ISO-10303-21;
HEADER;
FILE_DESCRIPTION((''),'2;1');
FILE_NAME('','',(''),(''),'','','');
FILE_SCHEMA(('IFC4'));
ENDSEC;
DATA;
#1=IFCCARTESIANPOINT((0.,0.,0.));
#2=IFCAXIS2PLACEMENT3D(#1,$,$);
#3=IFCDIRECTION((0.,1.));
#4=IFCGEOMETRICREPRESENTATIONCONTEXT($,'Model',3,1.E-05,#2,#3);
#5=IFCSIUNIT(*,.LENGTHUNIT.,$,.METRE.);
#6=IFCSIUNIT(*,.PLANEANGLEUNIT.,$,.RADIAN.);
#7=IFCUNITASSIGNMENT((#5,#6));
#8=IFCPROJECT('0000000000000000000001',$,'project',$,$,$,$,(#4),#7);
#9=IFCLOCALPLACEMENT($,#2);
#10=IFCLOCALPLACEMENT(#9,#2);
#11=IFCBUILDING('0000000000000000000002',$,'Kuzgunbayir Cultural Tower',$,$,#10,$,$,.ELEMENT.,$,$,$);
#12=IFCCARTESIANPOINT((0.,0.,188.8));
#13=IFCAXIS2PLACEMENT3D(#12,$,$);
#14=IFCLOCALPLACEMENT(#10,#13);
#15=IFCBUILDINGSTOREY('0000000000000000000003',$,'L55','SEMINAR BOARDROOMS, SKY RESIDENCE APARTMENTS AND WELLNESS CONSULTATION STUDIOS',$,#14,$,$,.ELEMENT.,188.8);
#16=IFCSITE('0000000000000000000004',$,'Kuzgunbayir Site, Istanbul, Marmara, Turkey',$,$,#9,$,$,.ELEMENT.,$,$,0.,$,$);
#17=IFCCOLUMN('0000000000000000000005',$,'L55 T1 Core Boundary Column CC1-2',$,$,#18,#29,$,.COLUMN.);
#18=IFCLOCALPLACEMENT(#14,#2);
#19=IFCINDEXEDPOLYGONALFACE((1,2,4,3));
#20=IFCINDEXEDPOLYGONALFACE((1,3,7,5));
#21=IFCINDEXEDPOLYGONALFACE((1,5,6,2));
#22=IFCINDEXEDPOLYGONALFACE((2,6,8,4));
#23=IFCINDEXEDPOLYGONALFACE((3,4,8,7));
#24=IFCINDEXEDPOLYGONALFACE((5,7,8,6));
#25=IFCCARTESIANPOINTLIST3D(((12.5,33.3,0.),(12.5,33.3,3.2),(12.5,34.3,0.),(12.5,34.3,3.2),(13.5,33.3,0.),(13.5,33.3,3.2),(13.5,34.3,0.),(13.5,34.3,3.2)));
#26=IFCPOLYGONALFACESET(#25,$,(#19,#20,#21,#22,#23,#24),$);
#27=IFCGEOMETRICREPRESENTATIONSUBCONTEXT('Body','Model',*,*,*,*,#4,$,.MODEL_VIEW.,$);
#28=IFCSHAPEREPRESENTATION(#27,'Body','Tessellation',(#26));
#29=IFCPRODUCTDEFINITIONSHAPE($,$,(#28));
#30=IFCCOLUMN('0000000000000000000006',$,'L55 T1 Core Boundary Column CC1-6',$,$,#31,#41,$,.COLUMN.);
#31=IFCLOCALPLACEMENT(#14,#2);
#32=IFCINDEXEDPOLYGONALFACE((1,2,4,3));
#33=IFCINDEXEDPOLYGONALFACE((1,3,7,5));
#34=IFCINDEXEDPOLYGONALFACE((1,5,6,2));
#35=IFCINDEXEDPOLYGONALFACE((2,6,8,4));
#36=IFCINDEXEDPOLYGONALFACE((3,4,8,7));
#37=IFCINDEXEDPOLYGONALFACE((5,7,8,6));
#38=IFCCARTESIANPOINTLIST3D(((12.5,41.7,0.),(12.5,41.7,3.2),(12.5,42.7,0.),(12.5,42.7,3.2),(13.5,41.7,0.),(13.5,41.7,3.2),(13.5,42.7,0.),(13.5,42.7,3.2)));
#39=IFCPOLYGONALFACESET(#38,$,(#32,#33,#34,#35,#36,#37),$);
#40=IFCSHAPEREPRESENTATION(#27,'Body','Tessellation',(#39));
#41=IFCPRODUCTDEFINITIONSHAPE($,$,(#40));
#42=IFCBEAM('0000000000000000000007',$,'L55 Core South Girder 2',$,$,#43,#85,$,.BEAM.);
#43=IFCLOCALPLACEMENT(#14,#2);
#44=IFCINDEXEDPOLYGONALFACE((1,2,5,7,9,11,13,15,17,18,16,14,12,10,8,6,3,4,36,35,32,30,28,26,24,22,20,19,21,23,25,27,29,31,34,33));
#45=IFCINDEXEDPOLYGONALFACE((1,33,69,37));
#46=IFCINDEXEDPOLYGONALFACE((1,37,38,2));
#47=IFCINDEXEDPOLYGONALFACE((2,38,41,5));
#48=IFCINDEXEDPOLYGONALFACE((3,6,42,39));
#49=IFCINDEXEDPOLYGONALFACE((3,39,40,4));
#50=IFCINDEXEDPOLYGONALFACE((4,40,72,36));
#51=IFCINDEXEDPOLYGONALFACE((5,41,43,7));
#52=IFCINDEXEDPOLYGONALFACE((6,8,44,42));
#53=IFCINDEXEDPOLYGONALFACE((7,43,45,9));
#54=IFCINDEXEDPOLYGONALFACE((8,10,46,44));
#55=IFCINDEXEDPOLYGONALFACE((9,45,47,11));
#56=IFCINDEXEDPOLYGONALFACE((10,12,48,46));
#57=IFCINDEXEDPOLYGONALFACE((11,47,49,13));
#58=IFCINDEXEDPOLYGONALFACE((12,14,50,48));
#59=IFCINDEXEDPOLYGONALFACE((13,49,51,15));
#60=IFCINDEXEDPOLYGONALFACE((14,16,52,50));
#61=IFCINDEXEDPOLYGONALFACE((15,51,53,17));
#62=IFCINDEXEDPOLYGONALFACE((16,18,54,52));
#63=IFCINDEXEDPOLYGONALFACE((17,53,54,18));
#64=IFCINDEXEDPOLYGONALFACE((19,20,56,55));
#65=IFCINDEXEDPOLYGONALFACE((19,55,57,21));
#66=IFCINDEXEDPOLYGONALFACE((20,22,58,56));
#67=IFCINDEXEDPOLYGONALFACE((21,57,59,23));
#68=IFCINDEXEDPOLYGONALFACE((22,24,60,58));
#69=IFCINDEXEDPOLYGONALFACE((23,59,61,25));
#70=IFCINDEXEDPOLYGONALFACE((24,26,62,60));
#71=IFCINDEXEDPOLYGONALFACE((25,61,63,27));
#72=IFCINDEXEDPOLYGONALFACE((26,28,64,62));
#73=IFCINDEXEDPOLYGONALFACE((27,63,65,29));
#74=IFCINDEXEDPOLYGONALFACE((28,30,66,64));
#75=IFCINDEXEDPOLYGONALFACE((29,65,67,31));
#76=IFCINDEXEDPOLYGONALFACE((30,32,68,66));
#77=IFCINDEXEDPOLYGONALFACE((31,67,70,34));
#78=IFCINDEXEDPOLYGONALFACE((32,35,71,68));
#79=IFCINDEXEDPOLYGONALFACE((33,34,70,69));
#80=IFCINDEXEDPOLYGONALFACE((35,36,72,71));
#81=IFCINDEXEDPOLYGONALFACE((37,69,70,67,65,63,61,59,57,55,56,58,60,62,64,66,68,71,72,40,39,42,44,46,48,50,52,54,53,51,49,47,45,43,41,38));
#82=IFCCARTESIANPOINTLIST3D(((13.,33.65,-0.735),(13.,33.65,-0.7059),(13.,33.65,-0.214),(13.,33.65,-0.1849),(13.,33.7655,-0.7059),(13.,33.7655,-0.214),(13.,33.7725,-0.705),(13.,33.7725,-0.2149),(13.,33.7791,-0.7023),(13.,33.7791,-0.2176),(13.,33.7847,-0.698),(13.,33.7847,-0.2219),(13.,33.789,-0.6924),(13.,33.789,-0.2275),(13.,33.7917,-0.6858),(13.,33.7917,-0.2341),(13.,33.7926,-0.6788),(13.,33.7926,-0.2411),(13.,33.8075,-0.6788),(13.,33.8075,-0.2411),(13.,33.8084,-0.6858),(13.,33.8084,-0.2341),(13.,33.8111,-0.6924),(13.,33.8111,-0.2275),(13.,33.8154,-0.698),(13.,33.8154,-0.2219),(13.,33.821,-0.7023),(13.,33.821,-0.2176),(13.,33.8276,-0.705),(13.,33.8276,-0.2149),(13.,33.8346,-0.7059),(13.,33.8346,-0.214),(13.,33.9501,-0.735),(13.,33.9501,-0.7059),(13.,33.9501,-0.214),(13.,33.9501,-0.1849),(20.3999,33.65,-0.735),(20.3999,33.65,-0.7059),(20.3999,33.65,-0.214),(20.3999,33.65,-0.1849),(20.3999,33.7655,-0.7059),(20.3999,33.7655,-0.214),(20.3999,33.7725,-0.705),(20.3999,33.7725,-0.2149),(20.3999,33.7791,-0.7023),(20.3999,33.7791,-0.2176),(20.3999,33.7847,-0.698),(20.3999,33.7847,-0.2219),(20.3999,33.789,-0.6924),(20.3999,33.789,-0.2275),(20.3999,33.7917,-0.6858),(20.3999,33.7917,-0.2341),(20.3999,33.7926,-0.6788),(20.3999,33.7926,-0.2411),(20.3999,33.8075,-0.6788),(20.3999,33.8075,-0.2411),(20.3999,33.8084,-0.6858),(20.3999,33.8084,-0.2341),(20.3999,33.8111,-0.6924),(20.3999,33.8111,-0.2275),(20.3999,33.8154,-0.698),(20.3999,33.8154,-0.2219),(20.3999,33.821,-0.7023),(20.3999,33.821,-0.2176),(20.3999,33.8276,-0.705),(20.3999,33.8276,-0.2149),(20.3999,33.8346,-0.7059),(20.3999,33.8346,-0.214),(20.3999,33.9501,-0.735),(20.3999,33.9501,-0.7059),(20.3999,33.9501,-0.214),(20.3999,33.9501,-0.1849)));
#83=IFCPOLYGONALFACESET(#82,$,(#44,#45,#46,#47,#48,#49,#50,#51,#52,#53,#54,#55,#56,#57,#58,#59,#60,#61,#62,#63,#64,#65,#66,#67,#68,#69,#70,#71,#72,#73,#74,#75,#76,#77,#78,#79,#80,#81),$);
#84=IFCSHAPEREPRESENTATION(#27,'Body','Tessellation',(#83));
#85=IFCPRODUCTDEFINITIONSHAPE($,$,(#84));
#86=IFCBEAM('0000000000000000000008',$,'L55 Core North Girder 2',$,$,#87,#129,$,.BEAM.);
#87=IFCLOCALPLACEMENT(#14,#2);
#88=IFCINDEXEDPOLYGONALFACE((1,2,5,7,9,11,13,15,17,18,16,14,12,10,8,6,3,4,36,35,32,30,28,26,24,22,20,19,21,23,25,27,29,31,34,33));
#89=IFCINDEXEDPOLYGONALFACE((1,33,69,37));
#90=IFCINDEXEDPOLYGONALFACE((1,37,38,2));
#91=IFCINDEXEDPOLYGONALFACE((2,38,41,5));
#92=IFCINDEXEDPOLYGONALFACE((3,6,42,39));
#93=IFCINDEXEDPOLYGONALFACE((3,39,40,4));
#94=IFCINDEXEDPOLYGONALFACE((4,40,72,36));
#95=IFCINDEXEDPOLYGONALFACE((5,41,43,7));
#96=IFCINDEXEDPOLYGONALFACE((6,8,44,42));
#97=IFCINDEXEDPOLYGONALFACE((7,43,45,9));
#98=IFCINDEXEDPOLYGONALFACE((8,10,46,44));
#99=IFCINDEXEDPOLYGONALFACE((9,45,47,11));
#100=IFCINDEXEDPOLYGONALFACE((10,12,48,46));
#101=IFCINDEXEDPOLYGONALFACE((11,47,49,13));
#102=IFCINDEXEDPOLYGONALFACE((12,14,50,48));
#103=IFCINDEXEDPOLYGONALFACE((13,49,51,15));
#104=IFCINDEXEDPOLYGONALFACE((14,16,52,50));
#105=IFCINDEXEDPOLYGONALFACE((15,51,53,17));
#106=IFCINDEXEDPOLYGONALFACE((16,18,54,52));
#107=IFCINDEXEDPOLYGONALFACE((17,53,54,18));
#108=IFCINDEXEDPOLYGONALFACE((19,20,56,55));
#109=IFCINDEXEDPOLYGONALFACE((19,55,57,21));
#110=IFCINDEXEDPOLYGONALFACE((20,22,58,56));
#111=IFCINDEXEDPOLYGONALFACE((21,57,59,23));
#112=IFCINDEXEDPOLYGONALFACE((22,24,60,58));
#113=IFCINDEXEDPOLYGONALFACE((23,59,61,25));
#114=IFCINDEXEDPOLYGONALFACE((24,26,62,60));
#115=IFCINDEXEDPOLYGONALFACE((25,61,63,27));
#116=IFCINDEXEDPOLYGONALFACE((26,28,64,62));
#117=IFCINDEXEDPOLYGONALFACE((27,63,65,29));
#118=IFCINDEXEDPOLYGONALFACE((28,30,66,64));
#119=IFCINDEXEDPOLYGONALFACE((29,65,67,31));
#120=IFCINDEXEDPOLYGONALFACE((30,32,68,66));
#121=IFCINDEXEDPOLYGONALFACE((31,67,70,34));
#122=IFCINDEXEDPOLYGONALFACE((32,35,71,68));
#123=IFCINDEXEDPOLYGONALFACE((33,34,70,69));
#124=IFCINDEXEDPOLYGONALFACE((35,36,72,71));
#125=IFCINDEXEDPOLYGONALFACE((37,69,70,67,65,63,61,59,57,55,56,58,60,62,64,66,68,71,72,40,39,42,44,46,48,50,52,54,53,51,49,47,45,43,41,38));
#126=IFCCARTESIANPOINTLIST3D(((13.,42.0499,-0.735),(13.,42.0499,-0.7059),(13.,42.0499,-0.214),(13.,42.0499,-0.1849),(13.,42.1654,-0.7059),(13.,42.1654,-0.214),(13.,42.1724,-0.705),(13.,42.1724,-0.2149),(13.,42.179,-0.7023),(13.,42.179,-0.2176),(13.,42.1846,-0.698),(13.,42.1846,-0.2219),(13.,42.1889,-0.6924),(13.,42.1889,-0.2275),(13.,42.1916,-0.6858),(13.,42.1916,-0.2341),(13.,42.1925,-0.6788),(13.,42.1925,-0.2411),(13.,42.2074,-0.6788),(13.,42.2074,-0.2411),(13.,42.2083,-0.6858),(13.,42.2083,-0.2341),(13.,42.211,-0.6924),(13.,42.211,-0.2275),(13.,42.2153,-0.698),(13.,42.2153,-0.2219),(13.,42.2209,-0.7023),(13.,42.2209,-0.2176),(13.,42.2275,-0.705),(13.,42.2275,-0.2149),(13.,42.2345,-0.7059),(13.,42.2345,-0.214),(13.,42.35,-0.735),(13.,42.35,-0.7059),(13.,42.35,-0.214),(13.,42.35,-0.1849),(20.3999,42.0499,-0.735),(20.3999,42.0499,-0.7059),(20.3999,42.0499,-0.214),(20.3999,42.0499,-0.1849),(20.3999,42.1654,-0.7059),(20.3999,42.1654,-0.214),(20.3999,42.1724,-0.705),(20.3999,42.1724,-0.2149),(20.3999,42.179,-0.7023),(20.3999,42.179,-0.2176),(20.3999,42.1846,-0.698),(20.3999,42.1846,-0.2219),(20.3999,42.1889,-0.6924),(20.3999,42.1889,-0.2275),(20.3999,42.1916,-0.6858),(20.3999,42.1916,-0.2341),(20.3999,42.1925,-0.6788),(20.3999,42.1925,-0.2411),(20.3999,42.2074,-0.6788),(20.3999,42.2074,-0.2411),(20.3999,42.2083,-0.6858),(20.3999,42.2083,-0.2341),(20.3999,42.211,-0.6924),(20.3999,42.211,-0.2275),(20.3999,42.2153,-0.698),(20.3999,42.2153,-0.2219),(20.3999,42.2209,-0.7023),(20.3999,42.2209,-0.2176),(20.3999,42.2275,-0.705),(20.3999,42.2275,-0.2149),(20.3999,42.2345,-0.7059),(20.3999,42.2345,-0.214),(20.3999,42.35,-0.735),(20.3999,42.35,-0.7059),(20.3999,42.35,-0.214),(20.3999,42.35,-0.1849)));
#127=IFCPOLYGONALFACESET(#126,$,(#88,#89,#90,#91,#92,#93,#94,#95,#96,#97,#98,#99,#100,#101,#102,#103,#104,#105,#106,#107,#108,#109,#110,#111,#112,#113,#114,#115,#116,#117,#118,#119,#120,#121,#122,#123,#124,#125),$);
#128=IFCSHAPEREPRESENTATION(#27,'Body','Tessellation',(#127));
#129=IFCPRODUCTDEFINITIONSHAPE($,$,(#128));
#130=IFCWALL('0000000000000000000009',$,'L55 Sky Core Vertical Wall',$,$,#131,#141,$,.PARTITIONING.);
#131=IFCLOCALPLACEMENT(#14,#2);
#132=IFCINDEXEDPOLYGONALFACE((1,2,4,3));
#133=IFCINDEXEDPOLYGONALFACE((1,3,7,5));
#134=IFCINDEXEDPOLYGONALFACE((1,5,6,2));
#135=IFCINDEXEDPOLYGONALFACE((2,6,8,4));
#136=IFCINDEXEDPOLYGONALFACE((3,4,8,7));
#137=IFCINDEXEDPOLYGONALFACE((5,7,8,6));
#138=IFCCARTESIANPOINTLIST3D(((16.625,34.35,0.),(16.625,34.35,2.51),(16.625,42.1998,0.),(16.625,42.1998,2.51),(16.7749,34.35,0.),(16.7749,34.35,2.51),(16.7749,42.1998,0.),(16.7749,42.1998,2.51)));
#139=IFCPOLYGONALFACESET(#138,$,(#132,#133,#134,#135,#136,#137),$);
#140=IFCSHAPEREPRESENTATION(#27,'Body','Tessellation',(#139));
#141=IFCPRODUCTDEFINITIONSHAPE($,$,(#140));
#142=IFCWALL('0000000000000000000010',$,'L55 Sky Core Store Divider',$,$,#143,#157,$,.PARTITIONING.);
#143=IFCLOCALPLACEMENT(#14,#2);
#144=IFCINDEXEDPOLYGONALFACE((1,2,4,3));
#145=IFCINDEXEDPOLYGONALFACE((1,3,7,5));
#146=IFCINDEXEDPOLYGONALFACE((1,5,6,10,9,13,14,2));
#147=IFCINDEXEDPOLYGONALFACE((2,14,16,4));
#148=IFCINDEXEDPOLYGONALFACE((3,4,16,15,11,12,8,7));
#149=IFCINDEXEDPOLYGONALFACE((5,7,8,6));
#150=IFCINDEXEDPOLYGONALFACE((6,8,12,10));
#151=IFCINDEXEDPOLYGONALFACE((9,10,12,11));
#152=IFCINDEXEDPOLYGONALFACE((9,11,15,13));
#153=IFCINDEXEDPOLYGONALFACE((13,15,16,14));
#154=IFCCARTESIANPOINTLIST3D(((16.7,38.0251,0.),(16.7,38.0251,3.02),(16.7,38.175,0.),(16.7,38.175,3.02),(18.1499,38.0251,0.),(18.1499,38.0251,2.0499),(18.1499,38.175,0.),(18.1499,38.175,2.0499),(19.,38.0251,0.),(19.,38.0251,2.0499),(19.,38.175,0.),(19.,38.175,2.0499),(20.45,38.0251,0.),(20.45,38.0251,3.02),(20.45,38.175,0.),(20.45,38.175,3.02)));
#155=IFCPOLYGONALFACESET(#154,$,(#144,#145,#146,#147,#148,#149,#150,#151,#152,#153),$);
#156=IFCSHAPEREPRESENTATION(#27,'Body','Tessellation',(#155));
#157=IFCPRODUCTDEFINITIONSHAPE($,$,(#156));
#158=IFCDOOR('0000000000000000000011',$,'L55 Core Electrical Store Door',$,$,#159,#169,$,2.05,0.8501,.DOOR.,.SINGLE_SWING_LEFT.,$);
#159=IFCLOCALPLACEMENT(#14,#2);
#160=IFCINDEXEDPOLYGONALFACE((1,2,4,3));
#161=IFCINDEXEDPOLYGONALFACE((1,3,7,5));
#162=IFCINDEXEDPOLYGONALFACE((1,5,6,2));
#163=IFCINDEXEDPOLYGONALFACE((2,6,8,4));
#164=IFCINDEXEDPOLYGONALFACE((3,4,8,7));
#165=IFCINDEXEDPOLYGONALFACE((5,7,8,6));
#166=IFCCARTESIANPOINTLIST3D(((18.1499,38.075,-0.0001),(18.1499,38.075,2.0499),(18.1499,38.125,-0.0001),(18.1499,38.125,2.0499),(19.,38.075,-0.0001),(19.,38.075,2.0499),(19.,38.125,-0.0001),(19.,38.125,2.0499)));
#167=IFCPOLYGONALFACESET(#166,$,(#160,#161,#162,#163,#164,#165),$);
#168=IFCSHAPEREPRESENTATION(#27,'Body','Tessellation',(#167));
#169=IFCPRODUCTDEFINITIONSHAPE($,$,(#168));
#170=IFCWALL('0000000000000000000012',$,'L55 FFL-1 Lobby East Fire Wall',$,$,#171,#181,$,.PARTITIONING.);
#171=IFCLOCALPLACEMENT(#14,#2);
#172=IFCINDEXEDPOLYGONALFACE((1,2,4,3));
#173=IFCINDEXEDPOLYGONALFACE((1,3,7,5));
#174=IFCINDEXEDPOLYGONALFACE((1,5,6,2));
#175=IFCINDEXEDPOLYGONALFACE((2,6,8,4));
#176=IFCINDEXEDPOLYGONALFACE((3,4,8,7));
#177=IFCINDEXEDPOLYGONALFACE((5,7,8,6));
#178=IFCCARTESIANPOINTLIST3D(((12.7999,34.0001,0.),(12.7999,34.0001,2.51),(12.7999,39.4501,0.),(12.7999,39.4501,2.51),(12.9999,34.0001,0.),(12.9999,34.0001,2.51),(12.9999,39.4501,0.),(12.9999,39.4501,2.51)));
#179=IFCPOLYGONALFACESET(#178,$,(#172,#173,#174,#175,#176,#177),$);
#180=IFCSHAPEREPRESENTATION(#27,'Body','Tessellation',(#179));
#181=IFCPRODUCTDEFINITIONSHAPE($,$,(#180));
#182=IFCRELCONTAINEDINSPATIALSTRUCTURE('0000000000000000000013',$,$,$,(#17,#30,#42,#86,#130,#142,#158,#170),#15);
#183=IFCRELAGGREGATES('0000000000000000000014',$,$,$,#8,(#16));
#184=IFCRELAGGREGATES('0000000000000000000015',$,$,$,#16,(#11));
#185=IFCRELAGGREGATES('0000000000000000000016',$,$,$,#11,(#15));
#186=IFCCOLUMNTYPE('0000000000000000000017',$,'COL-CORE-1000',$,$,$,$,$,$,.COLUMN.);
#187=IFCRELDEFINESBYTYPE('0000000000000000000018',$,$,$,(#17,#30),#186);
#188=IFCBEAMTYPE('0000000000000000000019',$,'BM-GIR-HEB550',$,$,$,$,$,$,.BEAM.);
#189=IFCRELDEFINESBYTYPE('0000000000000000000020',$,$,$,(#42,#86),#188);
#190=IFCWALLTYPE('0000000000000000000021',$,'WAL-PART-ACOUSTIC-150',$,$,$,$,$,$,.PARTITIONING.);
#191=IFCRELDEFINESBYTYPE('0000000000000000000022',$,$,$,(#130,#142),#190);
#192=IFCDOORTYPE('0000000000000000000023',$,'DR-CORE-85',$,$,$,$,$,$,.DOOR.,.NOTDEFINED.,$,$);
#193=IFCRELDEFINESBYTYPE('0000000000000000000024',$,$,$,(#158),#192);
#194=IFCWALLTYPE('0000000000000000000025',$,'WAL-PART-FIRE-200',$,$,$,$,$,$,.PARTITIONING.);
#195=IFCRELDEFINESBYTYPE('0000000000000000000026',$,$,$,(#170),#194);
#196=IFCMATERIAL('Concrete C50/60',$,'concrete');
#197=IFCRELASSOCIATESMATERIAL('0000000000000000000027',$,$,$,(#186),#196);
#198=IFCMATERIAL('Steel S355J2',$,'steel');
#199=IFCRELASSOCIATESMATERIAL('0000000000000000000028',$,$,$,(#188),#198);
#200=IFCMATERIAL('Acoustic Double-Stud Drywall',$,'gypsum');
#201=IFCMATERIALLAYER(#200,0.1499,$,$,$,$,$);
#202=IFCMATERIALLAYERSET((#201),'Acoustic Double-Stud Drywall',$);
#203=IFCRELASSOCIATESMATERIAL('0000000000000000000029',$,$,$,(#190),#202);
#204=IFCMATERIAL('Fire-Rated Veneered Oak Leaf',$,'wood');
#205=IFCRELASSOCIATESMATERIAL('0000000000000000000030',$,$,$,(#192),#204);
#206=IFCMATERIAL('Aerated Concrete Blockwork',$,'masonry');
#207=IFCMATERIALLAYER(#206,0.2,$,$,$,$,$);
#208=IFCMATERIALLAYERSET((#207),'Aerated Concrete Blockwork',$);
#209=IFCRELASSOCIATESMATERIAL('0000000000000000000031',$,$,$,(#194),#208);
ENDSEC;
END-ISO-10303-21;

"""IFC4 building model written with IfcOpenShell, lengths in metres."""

from ifc_helpers import new_model, si_unit, direction, frame, frame_2d, origin, origin_2d, place, context, subcontext, project, spatial, rectangle, i_section, extrude, material, layer, layer_set, material_profile, profile_set, type_object, element, fill, save


model = new_model("IFC4")

# Units and contexts
model_context = context("Model", 3, precision=1e-05, world=origin(), true_north=direction((0.0, 1.0)))
body_context = subcontext(model_context, "Body", "Model", "MODEL_VIEW")
ifc_project = project(units=[si_unit("LENGTHUNIT", "METRE"), si_unit("PLANEANGLEUNIT", "RADIAN")], contexts=[model_context])

# Site, building, storey
site_placement = place(None, origin())
site = spatial("IfcSite", under=ifc_project, at=site_placement, Name="Kuzgunbayir Site, Istanbul, Marmara, Turkey", CompositionType="ELEMENT", RefElevation=0.0)
building_placement = place(site_placement, origin())
building = spatial("IfcBuilding", under=site, at=building_placement, Name="Kuzgunbayir Cultural Tower", CompositionType="ELEMENT")
storey_placement = place(building_placement, frame((0.0, 0.0, 188.8)))
storey = spatial("IfcBuildingStorey", under=building, at=storey_placement, Name="L55", Description="SEMINAR BOARDROOMS, SKY RESIDENCE APARTMENTS AND WELLNESS CONSULTATION STUDIOS", CompositionType="ELEMENT", Elevation=188.8)

# Columns
ifc_material_1 = material(Name="Concrete C50/60", Category="concrete")
ifc_material_profile_1 = material_profile(ifc_material_1, rectangle(XDim=1.0, YDim=1.0, at=origin_2d()), Name="RC 1000x1000")
ifc_profile_set_1 = profile_set([ifc_material_profile_1], Name="Concrete C50/60")
column_type = type_object("IfcColumnType", Name="COL-CORE-1000", PredefinedType="COLUMN", material=ifc_profile_set_1)
for number, where, z_axis, x_axis, name in (
    (1, (13.0, 33.8, 0.0), (0.0, 0.0, 1.0), (1.0, 0.0, 0.0), "L55 T1 Core Boundary Column CC1-2"),
    (2, (13.0, 42.2, 0.0), (0.0, 0.0, 1.0), (1.0, 0.0, 0.0), "L55 T1 Core Boundary Column CC1-6"),
):
    element("IfcColumn", number, at=place(storey_placement, frame(where, z_axis=z_axis, x_axis=x_axis)), inside=storey, type_object=column_type, Name=name, PredefinedType="COLUMN", context=body_context, shape_type="SweptSolid", body=[
        extrude(rectangle(XDim=1.0, YDim=1.0, at=origin_2d()), origin(), (0.0, 0.0, 1.0), 3.2),
    ])

# Beams
ifc_material_2 = material(Name="Steel S355J2", Category="steel")
ifc_material_profile_2 = material_profile(ifc_material_2, i_section(OverallWidth=0.3, OverallDepth=0.55, WebThickness=0.0149, FlangeThickness=0.0291, FilletRadius=0.0271, at=origin_2d()), Name="HEB 550")
ifc_profile_set_2 = profile_set([ifc_material_profile_2], Name="Steel S355J2")
beam_type = type_object("IfcBeamType", Name="BM-GIR-HEB550", PredefinedType="BEAM", material=ifc_profile_set_2)
for number, where, z_axis, x_axis, name in (
    (3, (13.0, 33.8, -0.46), (1.0, 0.0, 0.0), (0.0, 1.0, 0.0), "L55 Core South Girder 2"),
    (4, (13.0, 42.2, -0.46), (1.0, 0.0, 0.0), (0.0, 1.0, 0.0), "L55 Core North Girder 2"),
):
    element("IfcBeam", number, at=place(storey_placement, frame(where, z_axis=z_axis, x_axis=x_axis)), inside=storey, type_object=beam_type, Name=name, PredefinedType="BEAM", context=body_context, shape_type="SweptSolid", body=[
        extrude(i_section(OverallWidth=0.3, OverallDepth=0.55, WebThickness=0.0149, FlangeThickness=0.0291, FilletRadius=0.0271, at=origin_2d()), origin(), (0.0, 0.0, 1.0), 7.3999),
    ])

# Shared definitions
ifc_material_3 = material(Name="Acoustic Double-Stud Drywall", Category="gypsum")
ifc_layer_1 = layer(ifc_material_3, 0.1499)
ifc_layer_set_1 = layer_set([ifc_layer_1], Name="Acoustic Double-Stud Drywall")
wall_type_1 = type_object("IfcWallType", Name="WAL-PART-ACOUSTIC-150", PredefinedType="PARTITIONING", material=ifc_layer_set_1)
ifc_material_4 = material(Name="Fire-Rated Veneered Oak Leaf", Category="wood")

# Wall
wall_1_placement = place(storey_placement, frame((16.7, 34.3501, 0.0), z_axis=(0.0, 0.0, 1.0), x_axis=(0.0, 1.0, 0.0)))
element("IfcWall", 5, at=wall_1_placement, inside=storey, type_object=wall_type_1, Name="L55 Sky Core Vertical Wall", PredefinedType="PARTITIONING", context=body_context, shape_type="SweptSolid", body=[
    extrude(rectangle(XDim=7.8499, YDim=0.1499, at=frame_2d((3.9248, 0.0))), origin(), (0.0, 0.0, 1.0), 2.51),
])

# Wall, opening, door
wall_2_placement = place(storey_placement, frame((16.7, 38.1001, 0.0), z_axis=(0.0, 0.0, 1.0), x_axis=(1.0, 0.0, 0.0)))
wall_2 = element("IfcWall", 6, at=wall_2_placement, inside=storey, type_object=wall_type_1, Name="L55 Sky Core Store Divider", PredefinedType="PARTITIONING", context=body_context, shape_type="SweptSolid", body=[
    extrude(rectangle(XDim=3.75, YDim=0.1499, at=frame_2d((1.875, 0.0))), origin(), (0.0, 0.0, 1.0), 3.02),
])
opening_1_placement = place(wall_2_placement, frame((1.45, 0.0, 0.0)))
opening_1 = element("IfcOpeningElement", 7, at=opening_1_placement, cuts=wall_2, PredefinedType="OPENING", context=body_context, shape_type="SweptSolid", body=[
    extrude(rectangle(XDim=0.8501, YDim=2.05, at=frame_2d((0.425, 1.0249))), frame((0.0, 0.085, 0.0), z_axis=(0.0, -1.0, 0.0), x_axis=(1.0, 0.0, 0.0)), (0.0, 0.0, 1.0), 0.1699),
])
door_type_1 = type_object("IfcDoorType", Name="DR-CORE-85", OperationType="NOTDEFINED", PredefinedType="DOOR", material=ifc_material_4)
door_1_placement = place(opening_1_placement, origin())
door_1 = element("IfcDoor", 8, at=door_1_placement, inside=storey, type_object=door_type_1, Name="L55 Core Electrical Store Door", OperationType="SINGLE_SWING_LEFT", OverallHeight=2.05, OverallWidth=0.8501, PredefinedType="DOOR", context=body_context, shape_type="SweptSolid", body=[
    extrude(rectangle(XDim=0.8501, YDim=2.05, at=frame_2d((0.425, 1.0249))), frame((0.0, 0.0249, 0.0), z_axis=(0.0, -1.0, 0.0), x_axis=(1.0, 0.0, 0.0)), (0.0, 0.0, 1.0), 0.05),
])
fill(opening_1, door_1)

# Wall
ifc_material_5 = material(Name="Aerated Concrete Blockwork", Category="masonry")
ifc_layer_2 = layer(ifc_material_5, 0.2)
ifc_layer_set_2 = layer_set([ifc_layer_2], Name="Aerated Concrete Blockwork")
wall_type_2 = type_object("IfcWallType", Name="WAL-PART-FIRE-200", PredefinedType="PARTITIONING", material=ifc_layer_set_2)
wall_3_placement = place(storey_placement, frame((12.8999, 34.0, 0.0), z_axis=(0.0, 0.0, 1.0), x_axis=(0.0, 1.0, 0.0)))
element("IfcWall", 9, at=wall_3_placement, inside=storey, type_object=wall_type_2, Name="L55 FFL-1 Lobby East Fire Wall", PredefinedType="PARTITIONING", context=body_context, shape_type="SweptSolid", body=[
    extrude(rectangle(XDim=5.45, YDim=0.2, at=frame_2d((2.7251, 0.0))), origin(), (0.0, 0.0, 1.0), 2.51),
])

save(model, "model.ifc")
